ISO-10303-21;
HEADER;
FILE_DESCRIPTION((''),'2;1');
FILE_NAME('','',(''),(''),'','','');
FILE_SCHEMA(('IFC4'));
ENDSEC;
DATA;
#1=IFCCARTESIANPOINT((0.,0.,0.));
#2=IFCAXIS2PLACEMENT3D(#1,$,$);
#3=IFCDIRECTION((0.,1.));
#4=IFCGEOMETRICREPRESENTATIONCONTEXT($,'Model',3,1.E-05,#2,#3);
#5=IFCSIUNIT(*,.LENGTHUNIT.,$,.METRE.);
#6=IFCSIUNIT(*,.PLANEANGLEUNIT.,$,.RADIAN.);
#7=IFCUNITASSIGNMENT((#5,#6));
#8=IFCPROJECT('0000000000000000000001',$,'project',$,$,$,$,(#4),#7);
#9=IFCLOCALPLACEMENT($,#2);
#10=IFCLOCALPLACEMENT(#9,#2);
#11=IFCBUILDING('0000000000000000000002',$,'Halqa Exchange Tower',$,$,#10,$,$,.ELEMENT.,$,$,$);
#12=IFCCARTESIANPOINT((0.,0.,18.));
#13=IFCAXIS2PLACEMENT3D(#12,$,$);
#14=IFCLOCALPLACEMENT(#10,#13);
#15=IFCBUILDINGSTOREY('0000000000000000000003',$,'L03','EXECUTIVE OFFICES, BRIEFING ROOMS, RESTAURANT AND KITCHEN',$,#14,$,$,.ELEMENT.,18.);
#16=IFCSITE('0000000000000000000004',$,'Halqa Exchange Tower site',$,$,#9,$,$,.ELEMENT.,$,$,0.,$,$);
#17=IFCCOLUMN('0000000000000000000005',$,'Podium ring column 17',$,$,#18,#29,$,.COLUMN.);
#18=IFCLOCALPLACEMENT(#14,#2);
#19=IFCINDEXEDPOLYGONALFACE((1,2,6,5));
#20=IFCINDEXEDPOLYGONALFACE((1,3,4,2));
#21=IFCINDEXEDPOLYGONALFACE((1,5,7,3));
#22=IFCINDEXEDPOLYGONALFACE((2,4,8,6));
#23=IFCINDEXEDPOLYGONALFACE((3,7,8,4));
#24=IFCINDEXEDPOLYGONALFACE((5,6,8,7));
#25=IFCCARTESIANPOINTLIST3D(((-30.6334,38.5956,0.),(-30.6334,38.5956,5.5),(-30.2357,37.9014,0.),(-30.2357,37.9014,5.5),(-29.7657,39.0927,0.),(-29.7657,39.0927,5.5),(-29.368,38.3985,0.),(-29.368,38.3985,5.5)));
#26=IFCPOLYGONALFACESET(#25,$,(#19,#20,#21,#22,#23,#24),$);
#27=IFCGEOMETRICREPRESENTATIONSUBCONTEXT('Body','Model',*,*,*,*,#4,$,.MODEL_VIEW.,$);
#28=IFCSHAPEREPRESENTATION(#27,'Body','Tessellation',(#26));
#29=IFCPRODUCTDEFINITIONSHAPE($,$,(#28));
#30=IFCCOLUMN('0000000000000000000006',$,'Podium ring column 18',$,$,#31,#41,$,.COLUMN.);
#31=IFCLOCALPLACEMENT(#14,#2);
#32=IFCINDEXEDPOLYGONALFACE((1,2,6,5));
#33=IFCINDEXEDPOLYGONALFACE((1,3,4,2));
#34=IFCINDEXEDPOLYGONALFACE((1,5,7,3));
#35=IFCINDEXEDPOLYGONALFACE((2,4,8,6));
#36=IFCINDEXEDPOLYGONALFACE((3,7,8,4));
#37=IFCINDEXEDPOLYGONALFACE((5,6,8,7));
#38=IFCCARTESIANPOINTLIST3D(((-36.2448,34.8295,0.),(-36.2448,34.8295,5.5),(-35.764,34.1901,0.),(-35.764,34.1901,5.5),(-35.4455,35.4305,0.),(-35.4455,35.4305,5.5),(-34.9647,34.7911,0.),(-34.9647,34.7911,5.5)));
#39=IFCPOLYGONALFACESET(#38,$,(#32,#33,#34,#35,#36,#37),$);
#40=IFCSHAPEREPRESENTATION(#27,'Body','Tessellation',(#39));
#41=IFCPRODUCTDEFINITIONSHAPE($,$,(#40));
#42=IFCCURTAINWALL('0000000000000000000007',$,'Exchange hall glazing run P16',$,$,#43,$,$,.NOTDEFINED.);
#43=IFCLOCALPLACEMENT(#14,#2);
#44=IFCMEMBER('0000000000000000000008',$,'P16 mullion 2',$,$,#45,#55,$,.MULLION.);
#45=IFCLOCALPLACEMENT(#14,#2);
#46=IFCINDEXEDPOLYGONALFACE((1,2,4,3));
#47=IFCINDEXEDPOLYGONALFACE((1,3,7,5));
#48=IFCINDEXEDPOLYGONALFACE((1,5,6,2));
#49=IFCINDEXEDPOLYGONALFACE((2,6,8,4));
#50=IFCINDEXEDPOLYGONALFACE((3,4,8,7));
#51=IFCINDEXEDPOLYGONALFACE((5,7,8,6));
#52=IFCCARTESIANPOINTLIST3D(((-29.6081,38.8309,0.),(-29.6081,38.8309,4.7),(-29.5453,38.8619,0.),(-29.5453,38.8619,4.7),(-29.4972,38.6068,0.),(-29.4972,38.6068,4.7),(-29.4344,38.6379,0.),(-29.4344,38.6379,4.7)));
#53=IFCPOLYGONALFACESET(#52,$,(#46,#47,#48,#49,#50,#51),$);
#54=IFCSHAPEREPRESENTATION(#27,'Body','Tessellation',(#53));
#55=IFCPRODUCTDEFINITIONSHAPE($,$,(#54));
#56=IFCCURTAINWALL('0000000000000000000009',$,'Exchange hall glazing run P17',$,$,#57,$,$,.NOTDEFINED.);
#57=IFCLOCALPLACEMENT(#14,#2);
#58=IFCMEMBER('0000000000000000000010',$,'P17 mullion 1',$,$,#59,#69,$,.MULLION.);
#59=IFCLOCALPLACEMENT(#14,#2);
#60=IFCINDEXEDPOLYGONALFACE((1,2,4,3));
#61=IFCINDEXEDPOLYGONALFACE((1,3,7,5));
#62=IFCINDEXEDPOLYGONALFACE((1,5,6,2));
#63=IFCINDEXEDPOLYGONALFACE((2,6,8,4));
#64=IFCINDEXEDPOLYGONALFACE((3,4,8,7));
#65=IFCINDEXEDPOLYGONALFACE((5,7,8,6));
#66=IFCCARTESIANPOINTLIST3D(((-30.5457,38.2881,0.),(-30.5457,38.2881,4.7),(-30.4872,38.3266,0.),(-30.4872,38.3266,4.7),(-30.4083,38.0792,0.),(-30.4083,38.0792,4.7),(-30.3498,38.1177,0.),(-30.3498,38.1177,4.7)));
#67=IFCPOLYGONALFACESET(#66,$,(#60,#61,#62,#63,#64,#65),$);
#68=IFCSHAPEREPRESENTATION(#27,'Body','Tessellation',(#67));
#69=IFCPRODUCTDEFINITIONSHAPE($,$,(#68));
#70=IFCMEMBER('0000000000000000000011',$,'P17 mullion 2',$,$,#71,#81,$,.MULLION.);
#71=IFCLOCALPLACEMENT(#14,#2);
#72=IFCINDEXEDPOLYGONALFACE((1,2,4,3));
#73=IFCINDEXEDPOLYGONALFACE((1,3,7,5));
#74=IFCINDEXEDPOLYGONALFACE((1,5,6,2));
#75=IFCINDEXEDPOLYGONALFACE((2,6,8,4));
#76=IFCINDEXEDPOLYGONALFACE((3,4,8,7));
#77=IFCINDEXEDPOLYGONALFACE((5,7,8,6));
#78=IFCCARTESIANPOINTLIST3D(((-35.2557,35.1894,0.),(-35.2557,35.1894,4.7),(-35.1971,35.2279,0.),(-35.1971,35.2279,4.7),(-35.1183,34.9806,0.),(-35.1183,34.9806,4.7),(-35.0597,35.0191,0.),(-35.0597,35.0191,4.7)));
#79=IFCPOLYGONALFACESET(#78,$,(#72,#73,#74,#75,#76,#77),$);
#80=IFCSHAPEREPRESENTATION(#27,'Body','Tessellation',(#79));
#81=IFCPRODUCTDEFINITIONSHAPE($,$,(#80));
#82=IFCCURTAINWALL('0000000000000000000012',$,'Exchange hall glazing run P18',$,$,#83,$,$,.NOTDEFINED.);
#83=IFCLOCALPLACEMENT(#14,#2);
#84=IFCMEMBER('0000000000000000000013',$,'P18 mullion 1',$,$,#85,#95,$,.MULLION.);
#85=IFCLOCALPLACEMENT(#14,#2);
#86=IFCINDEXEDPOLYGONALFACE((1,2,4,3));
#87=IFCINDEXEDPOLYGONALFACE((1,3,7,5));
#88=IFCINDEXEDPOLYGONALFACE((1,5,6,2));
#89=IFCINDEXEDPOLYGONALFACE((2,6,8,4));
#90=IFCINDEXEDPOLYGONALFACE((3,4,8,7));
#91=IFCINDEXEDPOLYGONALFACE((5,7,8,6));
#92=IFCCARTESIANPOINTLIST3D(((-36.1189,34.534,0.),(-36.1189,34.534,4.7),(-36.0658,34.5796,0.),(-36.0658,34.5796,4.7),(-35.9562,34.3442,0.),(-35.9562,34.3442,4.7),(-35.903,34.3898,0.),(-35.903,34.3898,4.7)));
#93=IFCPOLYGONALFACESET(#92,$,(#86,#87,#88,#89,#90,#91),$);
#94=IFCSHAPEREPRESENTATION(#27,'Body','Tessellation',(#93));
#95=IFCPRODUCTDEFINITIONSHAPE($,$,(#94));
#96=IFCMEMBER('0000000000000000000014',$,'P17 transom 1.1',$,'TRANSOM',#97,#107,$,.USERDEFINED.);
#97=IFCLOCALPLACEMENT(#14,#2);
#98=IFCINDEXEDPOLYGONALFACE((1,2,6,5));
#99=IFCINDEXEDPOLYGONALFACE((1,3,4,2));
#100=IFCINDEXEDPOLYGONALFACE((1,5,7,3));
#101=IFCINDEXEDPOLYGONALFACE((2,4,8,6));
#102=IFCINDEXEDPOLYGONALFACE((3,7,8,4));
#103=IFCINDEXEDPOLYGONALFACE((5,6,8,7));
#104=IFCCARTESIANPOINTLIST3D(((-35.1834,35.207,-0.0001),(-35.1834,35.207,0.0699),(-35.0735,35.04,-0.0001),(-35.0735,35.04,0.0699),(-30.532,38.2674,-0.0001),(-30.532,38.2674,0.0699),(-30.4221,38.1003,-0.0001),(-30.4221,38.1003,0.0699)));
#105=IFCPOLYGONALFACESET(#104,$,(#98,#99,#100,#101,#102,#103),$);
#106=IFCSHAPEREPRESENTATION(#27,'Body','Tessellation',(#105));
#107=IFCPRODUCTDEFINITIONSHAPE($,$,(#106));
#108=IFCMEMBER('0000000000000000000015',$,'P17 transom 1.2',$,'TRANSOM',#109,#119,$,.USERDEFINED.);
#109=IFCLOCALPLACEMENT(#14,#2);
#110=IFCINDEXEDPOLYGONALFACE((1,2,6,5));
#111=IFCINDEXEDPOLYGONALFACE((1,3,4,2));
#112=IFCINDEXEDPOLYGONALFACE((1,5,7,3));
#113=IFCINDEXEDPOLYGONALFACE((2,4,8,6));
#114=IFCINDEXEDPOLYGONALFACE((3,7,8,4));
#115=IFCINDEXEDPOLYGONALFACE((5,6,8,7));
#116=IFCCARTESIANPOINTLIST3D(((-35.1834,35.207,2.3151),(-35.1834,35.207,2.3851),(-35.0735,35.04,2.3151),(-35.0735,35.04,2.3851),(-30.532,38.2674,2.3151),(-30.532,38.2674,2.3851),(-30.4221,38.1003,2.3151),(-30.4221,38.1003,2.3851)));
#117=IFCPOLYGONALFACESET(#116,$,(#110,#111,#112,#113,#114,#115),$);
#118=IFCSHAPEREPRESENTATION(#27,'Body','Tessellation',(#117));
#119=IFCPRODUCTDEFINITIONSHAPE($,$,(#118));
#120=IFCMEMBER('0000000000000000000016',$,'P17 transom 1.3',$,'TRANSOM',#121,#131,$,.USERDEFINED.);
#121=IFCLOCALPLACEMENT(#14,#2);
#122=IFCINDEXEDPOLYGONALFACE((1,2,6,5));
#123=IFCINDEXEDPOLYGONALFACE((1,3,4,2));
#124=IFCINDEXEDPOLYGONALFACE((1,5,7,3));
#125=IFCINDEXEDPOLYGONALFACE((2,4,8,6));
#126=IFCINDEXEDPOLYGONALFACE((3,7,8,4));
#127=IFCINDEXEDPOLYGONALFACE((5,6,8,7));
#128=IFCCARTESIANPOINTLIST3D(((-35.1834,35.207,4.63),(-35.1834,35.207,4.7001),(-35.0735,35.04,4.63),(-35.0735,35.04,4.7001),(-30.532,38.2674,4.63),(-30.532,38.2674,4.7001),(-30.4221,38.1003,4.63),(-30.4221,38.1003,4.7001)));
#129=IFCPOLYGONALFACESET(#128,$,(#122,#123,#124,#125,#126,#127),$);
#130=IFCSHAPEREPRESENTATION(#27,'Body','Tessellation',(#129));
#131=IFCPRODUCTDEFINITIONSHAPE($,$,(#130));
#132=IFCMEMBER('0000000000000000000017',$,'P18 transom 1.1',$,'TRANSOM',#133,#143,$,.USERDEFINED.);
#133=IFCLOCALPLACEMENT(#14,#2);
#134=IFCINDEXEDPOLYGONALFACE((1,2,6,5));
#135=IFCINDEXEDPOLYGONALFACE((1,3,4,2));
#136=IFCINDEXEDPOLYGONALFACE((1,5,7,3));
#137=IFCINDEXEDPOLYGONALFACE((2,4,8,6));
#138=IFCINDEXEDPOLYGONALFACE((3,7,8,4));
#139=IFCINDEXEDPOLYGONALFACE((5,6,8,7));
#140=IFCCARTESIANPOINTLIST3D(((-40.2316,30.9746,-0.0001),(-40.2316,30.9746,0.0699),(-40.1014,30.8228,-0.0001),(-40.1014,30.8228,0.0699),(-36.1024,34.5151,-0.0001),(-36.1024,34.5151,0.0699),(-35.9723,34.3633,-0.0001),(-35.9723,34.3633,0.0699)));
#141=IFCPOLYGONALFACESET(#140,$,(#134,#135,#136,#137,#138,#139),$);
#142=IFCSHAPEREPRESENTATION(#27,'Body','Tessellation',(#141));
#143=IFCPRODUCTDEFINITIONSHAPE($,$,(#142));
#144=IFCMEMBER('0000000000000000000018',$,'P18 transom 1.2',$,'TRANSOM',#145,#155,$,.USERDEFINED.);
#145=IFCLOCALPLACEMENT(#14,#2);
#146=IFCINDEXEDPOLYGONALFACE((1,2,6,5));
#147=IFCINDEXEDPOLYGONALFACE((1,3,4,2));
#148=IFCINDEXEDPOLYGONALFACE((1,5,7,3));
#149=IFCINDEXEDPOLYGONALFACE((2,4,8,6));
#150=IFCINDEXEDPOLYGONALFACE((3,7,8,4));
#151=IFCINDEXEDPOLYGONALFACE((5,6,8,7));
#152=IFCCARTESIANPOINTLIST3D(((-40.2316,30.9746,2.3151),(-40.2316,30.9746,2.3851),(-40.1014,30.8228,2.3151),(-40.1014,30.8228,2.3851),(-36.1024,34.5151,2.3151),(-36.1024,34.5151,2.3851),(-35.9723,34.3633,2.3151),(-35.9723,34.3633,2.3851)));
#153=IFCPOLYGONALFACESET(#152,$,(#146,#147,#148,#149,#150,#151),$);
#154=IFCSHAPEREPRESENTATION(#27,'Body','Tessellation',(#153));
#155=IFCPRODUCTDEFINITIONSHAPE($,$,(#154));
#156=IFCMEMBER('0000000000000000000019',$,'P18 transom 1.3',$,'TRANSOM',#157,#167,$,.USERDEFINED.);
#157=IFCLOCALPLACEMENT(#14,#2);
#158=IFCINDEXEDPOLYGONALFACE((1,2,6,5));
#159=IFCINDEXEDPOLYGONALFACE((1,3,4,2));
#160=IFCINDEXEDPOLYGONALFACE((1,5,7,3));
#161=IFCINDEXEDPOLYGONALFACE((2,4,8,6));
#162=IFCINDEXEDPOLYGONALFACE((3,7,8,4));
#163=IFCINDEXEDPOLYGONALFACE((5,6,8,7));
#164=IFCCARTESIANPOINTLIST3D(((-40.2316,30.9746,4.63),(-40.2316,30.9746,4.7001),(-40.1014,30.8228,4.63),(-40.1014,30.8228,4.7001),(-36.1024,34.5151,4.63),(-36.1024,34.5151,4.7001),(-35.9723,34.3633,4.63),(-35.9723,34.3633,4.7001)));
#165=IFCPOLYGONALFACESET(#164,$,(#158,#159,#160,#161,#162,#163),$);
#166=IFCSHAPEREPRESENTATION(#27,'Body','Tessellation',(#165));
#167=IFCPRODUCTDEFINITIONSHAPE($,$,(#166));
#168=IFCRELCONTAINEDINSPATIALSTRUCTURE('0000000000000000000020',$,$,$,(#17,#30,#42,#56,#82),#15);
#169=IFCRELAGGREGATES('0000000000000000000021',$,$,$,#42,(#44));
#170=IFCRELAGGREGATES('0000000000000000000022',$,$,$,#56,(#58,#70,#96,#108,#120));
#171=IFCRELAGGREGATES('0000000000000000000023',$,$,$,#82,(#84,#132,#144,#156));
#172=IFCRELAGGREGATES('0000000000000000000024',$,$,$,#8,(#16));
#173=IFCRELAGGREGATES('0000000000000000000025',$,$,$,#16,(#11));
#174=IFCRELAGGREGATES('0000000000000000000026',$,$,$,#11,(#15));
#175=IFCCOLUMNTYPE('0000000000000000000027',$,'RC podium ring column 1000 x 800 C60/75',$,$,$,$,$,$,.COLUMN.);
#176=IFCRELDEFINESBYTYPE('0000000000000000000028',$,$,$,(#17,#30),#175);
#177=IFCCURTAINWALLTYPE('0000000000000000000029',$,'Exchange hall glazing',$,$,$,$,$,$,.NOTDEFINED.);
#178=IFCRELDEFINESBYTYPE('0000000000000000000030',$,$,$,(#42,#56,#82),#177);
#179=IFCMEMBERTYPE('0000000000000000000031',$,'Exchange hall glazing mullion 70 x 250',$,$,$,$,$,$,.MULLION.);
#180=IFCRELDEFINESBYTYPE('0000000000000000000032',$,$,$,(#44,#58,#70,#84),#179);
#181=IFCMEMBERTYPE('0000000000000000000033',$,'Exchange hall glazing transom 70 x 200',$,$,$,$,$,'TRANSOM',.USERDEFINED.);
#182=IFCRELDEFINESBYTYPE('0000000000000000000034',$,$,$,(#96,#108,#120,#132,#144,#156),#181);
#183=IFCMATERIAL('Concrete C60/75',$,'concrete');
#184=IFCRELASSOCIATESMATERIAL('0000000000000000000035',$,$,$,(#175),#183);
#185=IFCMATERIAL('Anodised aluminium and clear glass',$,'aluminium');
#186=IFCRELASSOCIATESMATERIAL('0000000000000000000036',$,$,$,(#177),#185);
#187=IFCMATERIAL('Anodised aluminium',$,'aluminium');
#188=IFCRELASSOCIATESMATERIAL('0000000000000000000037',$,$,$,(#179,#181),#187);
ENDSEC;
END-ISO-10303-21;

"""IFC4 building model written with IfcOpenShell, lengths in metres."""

from ifc_helpers import new_model, si_unit, direction, frame, origin, origin_2d, place, context, subcontext, project, spatial, rectangle, extrude, material, material_profile, profile_set, type_object, element, aggregate, save


model = new_model("IFC4")

# Units and contexts
model_context = context("Model", 3, precision=1e-05, world=origin(), true_north=direction((0.0, 1.0)))
body_context = subcontext(model_context, "Body", "Model", "MODEL_VIEW")
ifc_project = project(units=[si_unit("LENGTHUNIT", "METRE"), si_unit("PLANEANGLEUNIT", "RADIAN")], contexts=[model_context])

# Site, building, storey
site_placement = place(None, origin())
site = spatial("IfcSite", under=ifc_project, at=site_placement, Name="Halqa Exchange Tower site", CompositionType="ELEMENT", RefElevation=0.0)
building_placement = place(site_placement, origin())
building = spatial("IfcBuilding", under=site, at=building_placement, Name="Halqa Exchange Tower", CompositionType="ELEMENT")
storey_placement = place(building_placement, frame((0.0, 0.0, 18.0)))
storey = spatial("IfcBuildingStorey", under=building, at=storey_placement, Name="L03", Description="EXECUTIVE OFFICES, BRIEFING ROOMS, RESTAURANT AND KITCHEN", CompositionType="ELEMENT", Elevation=18.0)

# Columns
ifc_material_1 = material(Name="Concrete C60/75", Category="concrete")
ifc_material_profile_1 = material_profile(ifc_material_1, rectangle(XDim=1.0, YDim=0.8, at=origin_2d()), Name="1000 x 800")
ifc_profile_set_1 = profile_set([ifc_material_profile_1], Name="Concrete C60/75")
column_type = type_object("IfcColumnType", Name="RC podium ring column 1000 x 800 C60/75", PredefinedType="COLUMN", material=ifc_profile_set_1)
for number, where, z_axis, x_axis, name in (
    (1, (-30.0007, 38.4971, 0.0), (0.0, 0.0, 1.0), (-0.867693, -0.4971, 0.0), "Podium ring column 17"),
    (2, (-35.6047, 34.8103, 0.0), (0.0, 0.0, 1.0), (-0.79926, -0.600985, 0.0), "Podium ring column 18"),
):
    element("IfcColumn", number, at=place(storey_placement, frame(where, z_axis=z_axis, x_axis=x_axis)), inside=storey, type_object=column_type, Name=name, PredefinedType="COLUMN", context=body_context, shape_type="SweptSolid", body=[
        extrude(rectangle(XDim=1.0, YDim=0.8, at=origin_2d()), origin(), (0.0, 0.0, 1.0), 5.5),
    ])

# Curtain wall, member
ifc_material_2 = material(Name="Anodised aluminium and clear glass", Category="aluminium")
curtain_wall_type = type_object("IfcCurtainWallType", Name="Exchange hall glazing", PredefinedType="NOTDEFINED", material=ifc_material_2)
curtain_wall_1_placement = place(storey_placement, origin())
curtain_wall_1 = element("IfcCurtainWall", 3, at=curtain_wall_1_placement, inside=storey, type_object=curtain_wall_type, Name="Exchange hall glazing run P16", PredefinedType="NOTDEFINED")
ifc_material_3 = material(Name="Anodised aluminium", Category="aluminium")
ifc_material_profile_2 = material_profile(ifc_material_3, rectangle(XDim=0.25, YDim=0.0701, at=origin_2d()), Name="AL 70x250")
ifc_profile_set_2 = profile_set([ifc_material_profile_2], Name="Anodised aluminium")
member_type_1 = type_object("IfcMemberType", Name="Exchange hall glazing mullion 70 x 250", PredefinedType="MULLION", material=ifc_profile_set_2)
member_1_placement = place(storey_placement, frame((-29.5212, 38.7344, 0.0), z_axis=(0.0, 0.0, 1.0), x_axis=(0.443653, -0.896198, 0.0)))
member_1 = element("IfcMember", 4, at=member_1_placement, type_object=member_type_1, Name="P16 mullion 2", PredefinedType="MULLION", context=body_context, shape_type="SweptSolid", body=[
    extrude(rectangle(XDim=0.25, YDim=0.0701, at=origin_2d()), origin(), (0.0, 0.0, 1.0), 4.7),
])
aggregate(curtain_wall_1, [member_1])

# Curtain wall, members
curtain_wall_2_placement = place(storey_placement, origin())
curtain_wall_2 = element("IfcCurtainWall", 5, at=curtain_wall_2_placement, inside=storey, type_object=curtain_wall_type, Name="Exchange hall glazing run P17", PredefinedType="NOTDEFINED")
member_2_placement = place(storey_placement, frame((-30.4478, 38.2029, 0.0), z_axis=(0.0, 0.0, 1.0), x_axis=(0.54962, -0.835415, 0.0)))
member_2 = element("IfcMember", 6, at=member_2_placement, type_object=member_type_1, Name="P17 mullion 1", PredefinedType="MULLION", context=body_context, shape_type="SweptSolid", body=[
    extrude(rectangle(XDim=0.25, YDim=0.0701, at=origin_2d()), origin(), (0.0, 0.0, 1.0), 4.7),
])
member_3_placement = place(storey_placement, frame((-35.1577, 35.1042, 0.0), z_axis=(0.0, 0.0, 1.0), x_axis=(0.54962, -0.835415, 0.0)))
member_3 = element("IfcMember", 7, at=member_3_placement, type_object=member_type_1, Name="P17 mullion 2", PredefinedType="MULLION", context=body_context, shape_type="SweptSolid", body=[
    extrude(rectangle(XDim=0.25, YDim=0.0701, at=origin_2d()), origin(), (0.0, 0.0, 1.0), 4.7),
])

# Curtain wall, member
curtain_wall_3_placement = place(storey_placement, origin())
curtain_wall_3 = element("IfcCurtainWall", 8, at=curtain_wall_3_placement, inside=storey, type_object=curtain_wall_type, Name="Exchange hall glazing run P18", PredefinedType="NOTDEFINED")
member_4_placement = place(storey_placement, frame((-36.011, 34.4619, 0.0), z_axis=(0.0, 0.0, 1.0), x_axis=(0.650911, -0.759154, 0.0)))
member_4 = element("IfcMember", 9, at=member_4_placement, type_object=member_type_1, Name="P18 mullion 1", PredefinedType="MULLION", context=body_context, shape_type="SweptSolid", body=[
    extrude(rectangle(XDim=0.25, YDim=0.0701, at=origin_2d()), origin(), (0.0, 0.0, 1.0), 4.7),
])

# Members
ifc_material_profile_3 = material_profile(ifc_material_3, rectangle(XDim=0.2, YDim=0.0701, at=origin_2d()), Name="AL 70x200")
ifc_profile_set_3 = profile_set([ifc_material_profile_3], Name="Anodised aluminium")
member_type_2 = type_object("IfcMemberType", Name="Exchange hall glazing transom 70 x 200", ElementType="TRANSOM", PredefinedType="USERDEFINED", material=ifc_profile_set_3)
member_5_placement = place(storey_placement, frame((-30.4771, 38.1838, 0.0349), z_axis=(-0.835401, -0.549641, 0.0), x_axis=(0.549641, -0.835401, 0.0)))
member_5 = element("IfcMember", 10, at=member_5_placement, type_object=member_type_2, Name="P17 transom 1.1", ObjectType="TRANSOM", PredefinedType="USERDEFINED", context=body_context, shape_type="SweptSolid", body=[
    extrude(rectangle(XDim=0.2, YDim=0.0701, at=origin_2d()), origin(), (0.0, 0.0, 1.0), 5.5679),
])
member_6_placement = place(storey_placement, frame((-30.4771, 38.1838, 2.3501), z_axis=(-0.835401, -0.549641, 0.0), x_axis=(0.549641, -0.835401, 0.0)))
member_6 = element("IfcMember", 11, at=member_6_placement, type_object=member_type_2, Name="P17 transom 1.2", ObjectType="TRANSOM", PredefinedType="USERDEFINED", context=body_context, shape_type="SweptSolid", body=[
    extrude(rectangle(XDim=0.2, YDim=0.0701, at=origin_2d()), origin(), (0.0, 0.0, 1.0), 5.5679),
])
member_7_placement = place(storey_placement, frame((-30.4771, 38.1838, 4.665), z_axis=(-0.835401, -0.549641, 0.0), x_axis=(0.549641, -0.835401, 0.0)))
member_7 = element("IfcMember", 12, at=member_7_placement, type_object=member_type_2, Name="P17 transom 1.3", ObjectType="TRANSOM", PredefinedType="USERDEFINED", context=body_context, shape_type="SweptSolid", body=[
    extrude(rectangle(XDim=0.2, YDim=0.0701, at=origin_2d()), origin(), (0.0, 0.0, 1.0), 5.5679),
])
member_8_placement = place(storey_placement, frame((-36.0374, 34.4392, 0.0349), z_axis=(-0.759143, -0.650924, 0.0), x_axis=(0.650924, -0.759143, 0.0)))
member_8 = element("IfcMember", 13, at=member_8_placement, type_object=member_type_2, Name="P18 transom 1.1", ObjectType="TRANSOM", PredefinedType="USERDEFINED", context=body_context, shape_type="SweptSolid", body=[
    extrude(rectangle(XDim=0.2, YDim=0.0701, at=origin_2d()), origin(), (0.0, 0.0, 1.0), 5.4392),
])
member_9_placement = place(storey_placement, frame((-36.0374, 34.4392, 2.3501), z_axis=(-0.759143, -0.650924, 0.0), x_axis=(0.650924, -0.759143, 0.0)))
member_9 = element("IfcMember", 14, at=member_9_placement, type_object=member_type_2, Name="P18 transom 1.2", ObjectType="TRANSOM", PredefinedType="USERDEFINED", context=body_context, shape_type="SweptSolid", body=[
    extrude(rectangle(XDim=0.2, YDim=0.0701, at=origin_2d()), origin(), (0.0, 0.0, 1.0), 5.4392),
])
member_10_placement = place(storey_placement, frame((-36.0374, 34.4392, 4.665), z_axis=(-0.759143, -0.650924, 0.0), x_axis=(0.650924, -0.759143, 0.0)))
member_10 = element("IfcMember", 15, at=member_10_placement, type_object=member_type_2, Name="P18 transom 1.3", ObjectType="TRANSOM", PredefinedType="USERDEFINED", context=body_context, shape_type="SweptSolid", body=[
    extrude(rectangle(XDim=0.2, YDim=0.0701, at=origin_2d()), origin(), (0.0, 0.0, 1.0), 5.4392),
])

aggregate(curtain_wall_2, [member_2, member_3, member_5, member_6, member_7])
aggregate(curtain_wall_3, [member_4, member_8, member_9, member_10])

save(model, "model.ifc")
